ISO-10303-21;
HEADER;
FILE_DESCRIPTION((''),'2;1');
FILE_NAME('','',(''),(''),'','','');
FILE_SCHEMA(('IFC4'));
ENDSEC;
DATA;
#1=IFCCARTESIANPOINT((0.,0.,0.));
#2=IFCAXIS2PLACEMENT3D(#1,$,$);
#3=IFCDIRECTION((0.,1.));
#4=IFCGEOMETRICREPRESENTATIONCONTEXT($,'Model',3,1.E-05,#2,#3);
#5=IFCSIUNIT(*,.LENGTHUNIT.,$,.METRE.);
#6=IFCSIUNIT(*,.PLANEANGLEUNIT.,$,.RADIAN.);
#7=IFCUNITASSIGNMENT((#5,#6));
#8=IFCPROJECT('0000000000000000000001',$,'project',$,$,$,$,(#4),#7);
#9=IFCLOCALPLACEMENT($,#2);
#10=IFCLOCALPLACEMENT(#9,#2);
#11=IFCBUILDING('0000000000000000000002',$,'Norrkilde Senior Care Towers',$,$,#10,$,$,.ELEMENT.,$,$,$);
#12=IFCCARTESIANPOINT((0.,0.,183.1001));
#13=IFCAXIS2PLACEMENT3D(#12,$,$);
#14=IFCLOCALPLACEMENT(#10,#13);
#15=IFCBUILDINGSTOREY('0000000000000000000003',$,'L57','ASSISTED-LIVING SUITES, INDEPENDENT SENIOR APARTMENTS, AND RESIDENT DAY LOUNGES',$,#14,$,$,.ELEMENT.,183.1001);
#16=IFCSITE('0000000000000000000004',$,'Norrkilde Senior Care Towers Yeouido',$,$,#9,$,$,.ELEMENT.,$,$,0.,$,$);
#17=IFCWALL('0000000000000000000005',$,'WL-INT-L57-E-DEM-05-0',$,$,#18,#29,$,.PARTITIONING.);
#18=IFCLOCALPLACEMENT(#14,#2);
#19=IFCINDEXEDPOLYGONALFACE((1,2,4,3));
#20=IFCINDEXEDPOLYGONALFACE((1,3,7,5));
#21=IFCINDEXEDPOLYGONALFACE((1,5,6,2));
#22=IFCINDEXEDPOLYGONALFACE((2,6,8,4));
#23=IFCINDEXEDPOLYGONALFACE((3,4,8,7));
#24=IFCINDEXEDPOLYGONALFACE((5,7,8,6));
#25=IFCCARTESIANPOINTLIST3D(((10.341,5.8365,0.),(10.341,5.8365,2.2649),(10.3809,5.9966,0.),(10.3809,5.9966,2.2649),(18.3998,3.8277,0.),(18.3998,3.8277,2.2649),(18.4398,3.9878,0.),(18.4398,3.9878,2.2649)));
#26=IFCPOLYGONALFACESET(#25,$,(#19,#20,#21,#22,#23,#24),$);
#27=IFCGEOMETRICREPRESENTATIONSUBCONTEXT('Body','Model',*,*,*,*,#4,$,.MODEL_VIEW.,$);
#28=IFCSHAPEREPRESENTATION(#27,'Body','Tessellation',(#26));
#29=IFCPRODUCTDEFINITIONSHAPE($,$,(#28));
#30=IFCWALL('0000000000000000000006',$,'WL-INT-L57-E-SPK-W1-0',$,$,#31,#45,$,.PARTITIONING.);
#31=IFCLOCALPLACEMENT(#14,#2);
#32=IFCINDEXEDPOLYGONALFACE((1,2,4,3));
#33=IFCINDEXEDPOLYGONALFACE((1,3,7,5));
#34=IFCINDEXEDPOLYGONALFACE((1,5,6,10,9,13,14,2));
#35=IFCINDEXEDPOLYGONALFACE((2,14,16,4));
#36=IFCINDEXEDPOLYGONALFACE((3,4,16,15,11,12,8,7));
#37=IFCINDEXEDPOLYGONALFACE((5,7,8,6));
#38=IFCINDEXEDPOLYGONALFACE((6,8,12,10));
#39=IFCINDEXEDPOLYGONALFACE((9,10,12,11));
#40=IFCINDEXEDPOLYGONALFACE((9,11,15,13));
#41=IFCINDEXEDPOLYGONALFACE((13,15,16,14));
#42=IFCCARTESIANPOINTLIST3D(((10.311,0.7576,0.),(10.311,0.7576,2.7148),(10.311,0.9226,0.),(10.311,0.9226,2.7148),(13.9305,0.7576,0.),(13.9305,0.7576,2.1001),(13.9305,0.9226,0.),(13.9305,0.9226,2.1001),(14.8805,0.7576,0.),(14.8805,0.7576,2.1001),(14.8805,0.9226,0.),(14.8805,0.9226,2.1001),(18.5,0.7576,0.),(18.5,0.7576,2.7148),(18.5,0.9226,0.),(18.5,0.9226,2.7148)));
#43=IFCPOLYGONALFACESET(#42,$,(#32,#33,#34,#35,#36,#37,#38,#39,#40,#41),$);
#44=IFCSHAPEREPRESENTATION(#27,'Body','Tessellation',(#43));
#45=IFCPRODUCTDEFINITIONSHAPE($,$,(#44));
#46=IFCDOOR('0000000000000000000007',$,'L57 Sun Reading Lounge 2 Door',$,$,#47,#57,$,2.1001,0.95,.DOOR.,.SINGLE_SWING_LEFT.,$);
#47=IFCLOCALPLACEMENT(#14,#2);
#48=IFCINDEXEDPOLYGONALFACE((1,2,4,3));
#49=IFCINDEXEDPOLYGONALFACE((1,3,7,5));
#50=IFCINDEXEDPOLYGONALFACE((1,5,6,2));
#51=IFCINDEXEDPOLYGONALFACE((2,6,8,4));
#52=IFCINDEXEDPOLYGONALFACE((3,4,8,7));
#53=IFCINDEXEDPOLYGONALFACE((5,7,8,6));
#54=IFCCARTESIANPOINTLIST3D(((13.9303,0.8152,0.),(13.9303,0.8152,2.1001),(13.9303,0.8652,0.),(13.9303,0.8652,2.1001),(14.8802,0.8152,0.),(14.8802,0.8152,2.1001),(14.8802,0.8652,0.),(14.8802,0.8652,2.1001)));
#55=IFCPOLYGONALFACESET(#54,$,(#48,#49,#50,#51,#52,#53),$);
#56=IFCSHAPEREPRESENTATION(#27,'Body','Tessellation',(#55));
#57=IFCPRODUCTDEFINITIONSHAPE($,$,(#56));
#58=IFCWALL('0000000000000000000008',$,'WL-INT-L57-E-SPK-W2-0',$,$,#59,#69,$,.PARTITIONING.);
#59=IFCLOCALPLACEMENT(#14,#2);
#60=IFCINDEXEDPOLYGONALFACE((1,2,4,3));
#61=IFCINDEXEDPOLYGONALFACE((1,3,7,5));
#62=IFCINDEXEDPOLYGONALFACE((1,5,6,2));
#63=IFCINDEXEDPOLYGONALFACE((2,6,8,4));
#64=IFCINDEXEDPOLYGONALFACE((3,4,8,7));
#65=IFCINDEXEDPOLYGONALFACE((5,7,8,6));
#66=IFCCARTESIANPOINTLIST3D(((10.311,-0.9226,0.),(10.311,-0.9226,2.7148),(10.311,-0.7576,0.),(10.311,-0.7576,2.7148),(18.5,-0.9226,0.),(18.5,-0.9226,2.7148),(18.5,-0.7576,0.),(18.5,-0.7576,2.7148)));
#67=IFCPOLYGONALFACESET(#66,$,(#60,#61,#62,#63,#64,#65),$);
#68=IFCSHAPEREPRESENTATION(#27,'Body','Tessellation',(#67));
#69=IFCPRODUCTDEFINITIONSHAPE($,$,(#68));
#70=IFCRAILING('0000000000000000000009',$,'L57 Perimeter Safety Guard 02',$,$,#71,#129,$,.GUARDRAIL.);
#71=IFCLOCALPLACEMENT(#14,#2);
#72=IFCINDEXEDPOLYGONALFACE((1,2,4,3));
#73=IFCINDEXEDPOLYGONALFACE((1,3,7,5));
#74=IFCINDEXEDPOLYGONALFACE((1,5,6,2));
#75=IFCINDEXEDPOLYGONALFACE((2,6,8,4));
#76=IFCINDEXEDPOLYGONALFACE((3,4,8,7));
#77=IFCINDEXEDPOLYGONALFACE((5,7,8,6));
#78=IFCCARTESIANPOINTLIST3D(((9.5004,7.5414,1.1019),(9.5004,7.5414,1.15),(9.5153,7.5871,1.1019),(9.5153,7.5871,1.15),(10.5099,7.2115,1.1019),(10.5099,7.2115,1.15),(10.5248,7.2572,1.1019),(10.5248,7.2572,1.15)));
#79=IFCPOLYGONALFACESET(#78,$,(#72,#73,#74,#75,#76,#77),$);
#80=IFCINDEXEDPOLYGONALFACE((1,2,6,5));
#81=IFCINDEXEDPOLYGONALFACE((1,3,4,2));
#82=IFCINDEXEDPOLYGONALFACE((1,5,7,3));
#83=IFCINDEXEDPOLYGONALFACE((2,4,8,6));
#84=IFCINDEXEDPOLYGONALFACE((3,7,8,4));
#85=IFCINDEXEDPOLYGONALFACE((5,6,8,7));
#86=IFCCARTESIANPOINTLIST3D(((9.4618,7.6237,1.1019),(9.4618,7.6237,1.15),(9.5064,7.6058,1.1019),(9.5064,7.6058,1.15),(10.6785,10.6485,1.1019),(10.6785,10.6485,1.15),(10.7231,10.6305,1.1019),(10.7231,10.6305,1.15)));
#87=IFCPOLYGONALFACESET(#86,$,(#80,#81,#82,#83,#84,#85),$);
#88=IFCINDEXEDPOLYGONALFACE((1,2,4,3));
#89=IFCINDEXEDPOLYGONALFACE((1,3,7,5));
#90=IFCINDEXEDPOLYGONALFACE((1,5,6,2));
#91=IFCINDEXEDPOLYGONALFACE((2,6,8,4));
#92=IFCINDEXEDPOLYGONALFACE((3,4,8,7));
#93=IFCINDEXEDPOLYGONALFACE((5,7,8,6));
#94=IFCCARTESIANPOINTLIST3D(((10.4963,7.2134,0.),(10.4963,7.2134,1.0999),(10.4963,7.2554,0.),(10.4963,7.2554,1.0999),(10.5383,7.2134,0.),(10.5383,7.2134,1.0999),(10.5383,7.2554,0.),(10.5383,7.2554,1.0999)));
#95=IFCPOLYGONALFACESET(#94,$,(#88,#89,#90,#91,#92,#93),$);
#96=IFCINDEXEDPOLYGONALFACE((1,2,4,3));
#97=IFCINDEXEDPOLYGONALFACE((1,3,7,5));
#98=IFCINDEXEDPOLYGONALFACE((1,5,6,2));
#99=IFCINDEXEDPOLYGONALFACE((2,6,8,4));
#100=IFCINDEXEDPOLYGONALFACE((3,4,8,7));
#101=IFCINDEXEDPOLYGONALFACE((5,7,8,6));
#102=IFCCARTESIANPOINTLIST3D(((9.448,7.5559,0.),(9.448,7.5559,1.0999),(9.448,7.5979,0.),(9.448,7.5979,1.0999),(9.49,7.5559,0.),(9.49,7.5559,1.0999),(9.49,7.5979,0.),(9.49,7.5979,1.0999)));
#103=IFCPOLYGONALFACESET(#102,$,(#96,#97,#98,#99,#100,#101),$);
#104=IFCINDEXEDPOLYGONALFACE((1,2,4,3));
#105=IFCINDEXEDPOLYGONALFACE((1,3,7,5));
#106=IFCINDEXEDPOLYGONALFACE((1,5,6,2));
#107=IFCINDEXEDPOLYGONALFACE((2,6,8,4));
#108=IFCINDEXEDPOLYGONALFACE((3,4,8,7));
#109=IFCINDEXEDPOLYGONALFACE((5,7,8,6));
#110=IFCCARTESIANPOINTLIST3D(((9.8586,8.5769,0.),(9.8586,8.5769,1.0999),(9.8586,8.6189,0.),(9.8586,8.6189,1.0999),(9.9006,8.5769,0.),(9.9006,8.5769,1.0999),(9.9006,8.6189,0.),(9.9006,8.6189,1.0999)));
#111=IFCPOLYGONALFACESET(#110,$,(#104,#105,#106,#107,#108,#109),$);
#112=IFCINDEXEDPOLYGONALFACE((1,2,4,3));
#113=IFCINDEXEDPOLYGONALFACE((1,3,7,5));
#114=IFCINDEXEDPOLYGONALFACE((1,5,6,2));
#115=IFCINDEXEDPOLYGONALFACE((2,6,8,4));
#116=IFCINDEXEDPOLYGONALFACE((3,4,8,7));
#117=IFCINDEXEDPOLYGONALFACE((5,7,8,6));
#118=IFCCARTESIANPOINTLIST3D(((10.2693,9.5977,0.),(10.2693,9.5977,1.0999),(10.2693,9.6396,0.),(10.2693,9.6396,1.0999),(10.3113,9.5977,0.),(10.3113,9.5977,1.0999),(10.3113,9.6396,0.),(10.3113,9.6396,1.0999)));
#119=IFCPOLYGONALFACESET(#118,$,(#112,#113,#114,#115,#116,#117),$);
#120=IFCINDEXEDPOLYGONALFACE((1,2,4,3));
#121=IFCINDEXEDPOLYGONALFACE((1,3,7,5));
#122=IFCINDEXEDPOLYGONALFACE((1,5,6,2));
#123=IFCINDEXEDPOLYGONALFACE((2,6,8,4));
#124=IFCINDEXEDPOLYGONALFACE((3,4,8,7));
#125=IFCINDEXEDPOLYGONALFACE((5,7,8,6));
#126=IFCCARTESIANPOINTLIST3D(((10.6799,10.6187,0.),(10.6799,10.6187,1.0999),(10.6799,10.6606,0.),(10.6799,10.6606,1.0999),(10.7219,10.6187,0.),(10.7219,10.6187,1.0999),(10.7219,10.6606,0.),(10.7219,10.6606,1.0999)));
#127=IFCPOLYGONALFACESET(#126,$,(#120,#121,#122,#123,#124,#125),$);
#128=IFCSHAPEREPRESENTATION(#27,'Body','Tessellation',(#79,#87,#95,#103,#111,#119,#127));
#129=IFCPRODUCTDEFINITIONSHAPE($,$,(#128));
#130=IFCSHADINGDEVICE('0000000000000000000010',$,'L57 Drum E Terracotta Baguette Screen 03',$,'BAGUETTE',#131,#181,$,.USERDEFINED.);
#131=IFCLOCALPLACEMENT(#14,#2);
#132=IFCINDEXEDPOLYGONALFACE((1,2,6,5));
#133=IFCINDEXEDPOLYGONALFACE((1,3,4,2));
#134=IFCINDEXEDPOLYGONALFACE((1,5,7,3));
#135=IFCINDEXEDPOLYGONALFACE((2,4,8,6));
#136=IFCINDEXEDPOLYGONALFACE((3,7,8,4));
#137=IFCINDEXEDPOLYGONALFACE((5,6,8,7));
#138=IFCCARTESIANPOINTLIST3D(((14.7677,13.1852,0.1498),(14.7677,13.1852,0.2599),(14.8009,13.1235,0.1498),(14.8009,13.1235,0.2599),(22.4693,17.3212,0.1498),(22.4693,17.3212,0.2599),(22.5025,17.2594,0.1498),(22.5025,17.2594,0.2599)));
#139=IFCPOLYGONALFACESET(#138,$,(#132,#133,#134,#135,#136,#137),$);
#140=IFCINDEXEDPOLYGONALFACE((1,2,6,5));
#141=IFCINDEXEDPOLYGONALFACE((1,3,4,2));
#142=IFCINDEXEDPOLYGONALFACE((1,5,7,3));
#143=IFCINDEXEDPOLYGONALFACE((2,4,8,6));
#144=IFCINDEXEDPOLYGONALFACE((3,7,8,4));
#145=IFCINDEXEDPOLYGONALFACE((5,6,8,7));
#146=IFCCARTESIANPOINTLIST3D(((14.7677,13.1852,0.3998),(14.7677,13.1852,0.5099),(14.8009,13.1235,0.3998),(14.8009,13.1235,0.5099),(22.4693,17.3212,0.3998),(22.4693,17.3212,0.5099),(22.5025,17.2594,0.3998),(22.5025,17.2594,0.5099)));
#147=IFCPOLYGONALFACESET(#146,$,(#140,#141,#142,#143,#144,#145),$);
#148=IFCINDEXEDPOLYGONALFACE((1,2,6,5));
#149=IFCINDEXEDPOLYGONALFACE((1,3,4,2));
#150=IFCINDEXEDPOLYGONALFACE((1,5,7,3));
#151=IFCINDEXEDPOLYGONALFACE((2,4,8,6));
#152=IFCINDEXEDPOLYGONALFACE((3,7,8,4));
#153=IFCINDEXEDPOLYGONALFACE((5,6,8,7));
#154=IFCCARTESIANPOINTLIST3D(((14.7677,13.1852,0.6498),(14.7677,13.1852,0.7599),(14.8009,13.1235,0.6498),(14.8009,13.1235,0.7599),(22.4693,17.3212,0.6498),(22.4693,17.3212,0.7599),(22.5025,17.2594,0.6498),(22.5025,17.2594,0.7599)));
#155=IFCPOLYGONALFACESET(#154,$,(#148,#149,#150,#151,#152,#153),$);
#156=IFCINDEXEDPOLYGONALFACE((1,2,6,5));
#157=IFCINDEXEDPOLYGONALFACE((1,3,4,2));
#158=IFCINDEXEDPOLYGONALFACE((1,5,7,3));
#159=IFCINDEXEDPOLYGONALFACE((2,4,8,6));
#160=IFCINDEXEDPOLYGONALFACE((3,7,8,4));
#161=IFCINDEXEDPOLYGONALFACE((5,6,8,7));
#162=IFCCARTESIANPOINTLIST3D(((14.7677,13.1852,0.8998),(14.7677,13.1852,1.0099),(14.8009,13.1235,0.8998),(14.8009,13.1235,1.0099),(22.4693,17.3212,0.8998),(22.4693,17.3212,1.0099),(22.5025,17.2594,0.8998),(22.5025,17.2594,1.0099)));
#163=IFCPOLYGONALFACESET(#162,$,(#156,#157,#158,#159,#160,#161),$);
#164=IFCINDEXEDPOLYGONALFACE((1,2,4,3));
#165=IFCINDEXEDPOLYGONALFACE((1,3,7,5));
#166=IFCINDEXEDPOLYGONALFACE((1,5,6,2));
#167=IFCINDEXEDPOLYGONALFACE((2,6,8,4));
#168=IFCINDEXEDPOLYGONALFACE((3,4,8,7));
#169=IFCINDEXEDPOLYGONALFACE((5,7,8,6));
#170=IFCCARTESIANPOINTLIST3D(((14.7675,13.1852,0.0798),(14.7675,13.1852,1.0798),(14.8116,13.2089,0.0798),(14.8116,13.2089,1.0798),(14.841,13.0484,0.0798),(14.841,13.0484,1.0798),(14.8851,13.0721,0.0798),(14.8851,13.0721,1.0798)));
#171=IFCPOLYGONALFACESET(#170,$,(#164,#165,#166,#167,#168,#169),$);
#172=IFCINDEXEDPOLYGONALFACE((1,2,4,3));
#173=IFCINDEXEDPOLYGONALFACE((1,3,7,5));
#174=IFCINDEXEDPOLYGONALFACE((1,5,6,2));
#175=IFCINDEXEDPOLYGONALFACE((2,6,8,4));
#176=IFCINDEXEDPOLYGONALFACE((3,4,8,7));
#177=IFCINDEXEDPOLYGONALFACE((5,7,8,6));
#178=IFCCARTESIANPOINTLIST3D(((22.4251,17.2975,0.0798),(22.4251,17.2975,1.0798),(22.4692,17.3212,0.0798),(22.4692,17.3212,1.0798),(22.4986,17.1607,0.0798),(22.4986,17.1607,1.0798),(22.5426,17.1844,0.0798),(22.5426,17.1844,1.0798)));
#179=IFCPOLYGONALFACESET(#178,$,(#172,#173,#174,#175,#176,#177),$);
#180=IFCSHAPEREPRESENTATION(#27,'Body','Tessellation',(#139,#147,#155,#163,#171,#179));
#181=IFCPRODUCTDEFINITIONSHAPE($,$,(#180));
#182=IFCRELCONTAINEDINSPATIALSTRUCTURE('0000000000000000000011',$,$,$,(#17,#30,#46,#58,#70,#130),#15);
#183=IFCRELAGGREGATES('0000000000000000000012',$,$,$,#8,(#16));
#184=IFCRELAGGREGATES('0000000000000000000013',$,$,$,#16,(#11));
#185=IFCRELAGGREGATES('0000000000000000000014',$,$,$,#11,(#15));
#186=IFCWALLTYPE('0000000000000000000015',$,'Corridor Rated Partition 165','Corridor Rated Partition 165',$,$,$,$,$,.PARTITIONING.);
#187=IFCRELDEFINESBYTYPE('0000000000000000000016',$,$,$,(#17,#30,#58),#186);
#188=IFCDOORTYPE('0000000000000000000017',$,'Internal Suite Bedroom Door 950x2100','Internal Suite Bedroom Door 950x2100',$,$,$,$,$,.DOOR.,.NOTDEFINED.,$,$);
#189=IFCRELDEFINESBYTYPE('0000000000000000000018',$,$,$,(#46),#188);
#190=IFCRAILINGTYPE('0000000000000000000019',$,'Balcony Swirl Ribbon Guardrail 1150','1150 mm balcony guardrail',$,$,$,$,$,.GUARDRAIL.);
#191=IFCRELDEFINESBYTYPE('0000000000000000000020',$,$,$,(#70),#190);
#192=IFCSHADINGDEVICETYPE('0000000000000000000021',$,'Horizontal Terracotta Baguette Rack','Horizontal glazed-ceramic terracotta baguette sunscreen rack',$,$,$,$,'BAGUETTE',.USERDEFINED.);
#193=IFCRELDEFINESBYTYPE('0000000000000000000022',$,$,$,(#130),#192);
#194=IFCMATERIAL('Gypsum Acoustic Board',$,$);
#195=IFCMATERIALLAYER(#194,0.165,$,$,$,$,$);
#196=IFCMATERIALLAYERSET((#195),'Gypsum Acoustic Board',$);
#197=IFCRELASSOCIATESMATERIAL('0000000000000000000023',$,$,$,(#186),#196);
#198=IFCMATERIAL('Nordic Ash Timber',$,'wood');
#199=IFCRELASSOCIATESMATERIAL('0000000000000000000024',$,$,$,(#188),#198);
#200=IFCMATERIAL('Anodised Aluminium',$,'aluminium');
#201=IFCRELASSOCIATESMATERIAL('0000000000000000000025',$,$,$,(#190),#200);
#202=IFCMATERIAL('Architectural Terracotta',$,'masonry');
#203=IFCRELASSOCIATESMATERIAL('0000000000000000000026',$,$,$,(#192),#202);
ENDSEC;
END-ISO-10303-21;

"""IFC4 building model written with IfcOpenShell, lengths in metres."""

from ifc_helpers import new_model, si_unit, direction, frame, frame_2d, origin, origin_2d, place, context, subcontext, project, spatial, rectangle, extrude, source, transform, mapped, material, layer, layer_set, type_object, type_shapes, element, fill, save


model = new_model("IFC4")

# Units and contexts
model_context = context("Model", 3, precision=1e-05, world=origin(), true_north=direction((0.0, 1.0)))
body_context = subcontext(model_context, "Body", "Model", "MODEL_VIEW")
ifc_project = project(units=[si_unit("LENGTHUNIT", "METRE"), si_unit("PLANEANGLEUNIT", "RADIAN")], contexts=[model_context])

# Site, building, storey
site_placement = place(None, origin())
site = spatial("IfcSite", under=ifc_project, at=site_placement, Name="Norrkilde Senior Care Towers Yeouido", CompositionType="ELEMENT", RefElevation=0.0)
building_placement = place(site_placement, origin())
building = spatial("IfcBuilding", under=site, at=building_placement, Name="Norrkilde Senior Care Towers", CompositionType="ELEMENT")
storey_placement = place(building_placement, frame((0.0, 0.0, 183.1001)))
storey = spatial("IfcBuildingStorey", under=building, at=storey_placement, Name="L57", Description="ASSISTED-LIVING SUITES, INDEPENDENT SENIOR APARTMENTS, AND RESIDENT DAY LOUNGES", CompositionType="ELEMENT", Elevation=183.1001)

# Shared definitions
ifc_material_1 = material(Name="Anodised Aluminium", Category="aluminium")

# Wall
ifc_material_2 = material(Name="Gypsum Acoustic Board")
ifc_layer_1 = layer(ifc_material_2, 0.165)
ifc_layer_set_1 = layer_set([ifc_layer_1], Name="Gypsum Acoustic Board")
wall_type = type_object("IfcWallType", Name="Corridor Rated Partition 165", Description="Corridor Rated Partition 165", PredefinedType="PARTITIONING", material=ifc_layer_set_1)
shared_shape_1 = source(origin(), body_context, "Body", "SweptSolid", [
    extrude(rectangle(XDim=8.3054, YDim=0.165, at=frame_2d((4.1528, 0.0))), origin(), (0.0, 0.0, 1.0), 2.2649),
])
wall_1_placement = place(storey_placement, frame((18.4199, 3.9077, 0.0), z_axis=(0.0, 0.0, 1.0), x_axis=(-0.97031, 0.241865, 0.0)))
element("IfcWall", 1, at=wall_1_placement, inside=storey, type_object=wall_type, Name="WL-INT-L57-E-DEM-05-0", PredefinedType="PARTITIONING", context=body_context, shape_type="MappedRepresentation", body=[
    mapped(shared_shape_1, transform((0.0, 0.0, 0.0), x_axis=(1.0, 0.0, 0.0), y_axis=(0.0, 1.0, 0.0), z_axis=(0.0, 0.0, 1.0), scale=1.0)),
])

# Wall, opening, door
shared_shape_2 = source(origin(), body_context, "Body", "SweptSolid", [
    extrude(rectangle(XDim=8.189, YDim=0.165, at=frame_2d((4.0945, 0.0))), origin(), (0.0, 0.0, 1.0), 2.7148),
])
wall_2_placement = place(storey_placement, frame((10.311, 0.8401, 0.0), z_axis=(0.0, 0.0, 1.0), x_axis=(1.0, 0.0, 0.0)))
wall_2 = element("IfcWall", 2, at=wall_2_placement, inside=storey, type_object=wall_type, Name="WL-INT-L57-E-SPK-W1-0", PredefinedType="PARTITIONING", context=body_context, shape_type="MappedRepresentation", body=[
    mapped(shared_shape_2, transform((0.0, 0.0, 0.0), x_axis=(1.0, 0.0, 0.0), y_axis=(0.0, 1.0, 0.0), z_axis=(0.0, 0.0, 1.0), scale=1.0)),
])
opening_placement = place(wall_2_placement, frame((3.6194, 0.0, 0.0)))
opening = element("IfcOpeningElement", 3, at=opening_placement, cuts=wall_2, PredefinedType="OPENING", context=body_context, shape_type="SweptSolid", body=[
    extrude(rectangle(XDim=0.95, YDim=2.1001, at=frame_2d((0.4751, 1.05))), frame((0.0, 0.0925, 0.0), z_axis=(0.0, -1.0, 0.0), x_axis=(1.0, 0.0, 0.0)), (0.0, 0.0, 1.0), 0.1851),
])
ifc_material_3 = material(Name="Nordic Ash Timber", Category="wood")
door_type = type_object("IfcDoorType", Name="Internal Suite Bedroom Door 950x2100", Description="Internal Suite Bedroom Door 950x2100", OperationType="NOTDEFINED", PredefinedType="DOOR", material=ifc_material_3)
shared_shape_3 = source(origin(), body_context, "Body", "SweptSolid", [
    extrude(rectangle(XDim=0.95, YDim=2.1001, at=frame_2d((0.4751, 1.05))), frame((0.0, 0.0249, 0.0), z_axis=(0.0, -1.0, 0.0), x_axis=(1.0, 0.0, 0.0)), (0.0, 0.0, 1.0), 0.05),
])
type_shapes(door_type, [shared_shape_3])
door_placement = place(opening_placement, frame((0.95, 0.0, 0.0), z_axis=(0.0, 0.0, 1.0), x_axis=(-1.0, 0.0, 0.0)))
door = element("IfcDoor", 4, at=door_placement, inside=storey, type_object=door_type, Name="L57 Sun Reading Lounge 2 Door", OperationType="SINGLE_SWING_LEFT", OverallHeight=2.1001, OverallWidth=0.95, PredefinedType="DOOR", context=body_context, shape_type="MappedRepresentation", body=[
    mapped(shared_shape_3, transform((0.0, 0.0, 0.0), x_axis=(1.0, 0.0, 0.0), y_axis=(0.0, 1.0, 0.0), z_axis=(0.0, 0.0, 1.0), scale=1.0)),
])
fill(opening, door)

# Wall
wall_3_placement = place(storey_placement, frame((18.5, -0.8401, 0.0), z_axis=(0.0, 0.0, 1.0), x_axis=(-1.0, 0.0, 0.0)))
element("IfcWall", 5, at=wall_3_placement, inside=storey, type_object=wall_type, Name="WL-INT-L57-E-SPK-W2-0", PredefinedType="PARTITIONING", context=body_context, shape_type="MappedRepresentation", body=[
    mapped(shared_shape_2, transform((0.0, 0.0, 0.0), x_axis=(1.0, 0.0, 0.0), y_axis=(0.0, 1.0, 0.0), z_axis=(0.0, 0.0, 1.0), scale=1.0)),
])

# Railing
railing_type = type_object("IfcRailingType", Name="Balcony Swirl Ribbon Guardrail 1150", Description="1150 mm balcony guardrail", PredefinedType="GUARDRAIL", material=ifc_material_1)
railing_1_placement = place(storey_placement, frame((10.5173, 7.2344, 0.0)))
element("IfcRailing", 6, at=railing_1_placement, inside=storey, type_object=railing_type, Name="L57 Perimeter Safety Guard 02", PredefinedType="GUARDRAIL", context=body_context, shape_type="SweptSolid", body=[
    extrude(rectangle(XDim=0.0481, YDim=0.0481, at=origin_2d()), frame((0.0, 0.0, 1.126), z_axis=(-0.950548, 0.310577, 0.0), x_axis=(-0.310577, -0.950548, 0.0)), (0.0, 0.0, 1.0), 1.062),
    extrude(rectangle(XDim=0.0481, YDim=0.0481, at=origin_2d()), frame((-1.0332, 0.3804, 1.126), z_axis=(0.373175, 0.927761, 0.0), x_axis=(-0.927761, 0.373175, 0.0)), (0.0, 0.0, 1.0), 3.2603),
    extrude(rectangle(XDim=0.042, YDim=0.042, at=origin_2d()), origin(), (0.0, 0.0, 1.0), 1.0999),
    extrude(rectangle(XDim=0.042, YDim=0.042, at=origin_2d()), frame((-1.0483, 0.3425, 0.0)), (0.0, 0.0, 1.0), 1.0999),
    extrude(rectangle(XDim=0.042, YDim=0.042, at=origin_2d()), frame((-0.6377, 1.3635, 0.0)), (0.0, 0.0, 1.0), 1.0999),
    extrude(rectangle(XDim=0.042, YDim=0.042, at=origin_2d()), frame((-0.2271, 2.3843, 0.0)), (0.0, 0.0, 1.0), 1.0999),
    extrude(rectangle(XDim=0.042, YDim=0.042, at=origin_2d()), frame((0.1836, 3.4053, 0.0)), (0.0, 0.0, 1.0), 1.0999),
])

# Shading device
ifc_material_4 = material(Name="Architectural Terracotta", Category="masonry")
shading_device_type = type_object("IfcShadingDeviceType", Name="Horizontal Terracotta Baguette Rack", Description="Horizontal glazed-ceramic terracotta baguette sunscreen rack", ElementType="BAGUETTE", PredefinedType="USERDEFINED", material=ifc_material_4)
shared_shape_4 = source(origin(), body_context, "Body", "SweptSolid", [
    extrude(rectangle(XDim=0.0701, YDim=0.1101, at=origin_2d()), frame((0.0, 0.0901, 0.125), z_axis=(1.0, 0.0, 0.0), x_axis=(0.0, 1.0, 0.0)), (0.0, 0.0, 1.0), 8.7419),
    extrude(rectangle(XDim=0.0701, YDim=0.1101, at=origin_2d()), frame((0.0, 0.0901, 0.375), z_axis=(1.0, 0.0, 0.0), x_axis=(0.0, 1.0, 0.0)), (0.0, 0.0, 1.0), 8.7419),
    extrude(rectangle(XDim=0.0701, YDim=0.1101, at=origin_2d()), frame((0.0, 0.0901, 0.625), z_axis=(1.0, 0.0, 0.0), x_axis=(0.0, 1.0, 0.0)), (0.0, 0.0, 1.0), 8.7419),
    extrude(rectangle(XDim=0.0701, YDim=0.1101, at=origin_2d()), frame((0.0, 0.0901, 0.875), z_axis=(1.0, 0.0, 0.0), x_axis=(0.0, 1.0, 0.0)), (0.0, 0.0, 1.0), 8.7419),
    extrude(rectangle(XDim=0.05, YDim=0.1553, at=origin_2d()), frame((0.0249, 0.0476, 0.0)), (0.0, 0.0, 1.0), 1.0),
    extrude(rectangle(XDim=0.05, YDim=0.1553, at=origin_2d()), frame((8.7168, 0.0476, 0.0)), (0.0, 0.0, 1.0), 1.0),
])
type_shapes(shading_device_type, [shared_shape_4])
shading_device_placement = place(storey_placement, frame((14.8269, 13.075, 0.0798), z_axis=(0.0, 0.0, 1.0), x_axis=(0.881001, 0.47312, 0.0)))
element("IfcShadingDevice", 7, at=shading_device_placement, inside=storey, type_object=shading_device_type, Name="L57 Drum E Terracotta Baguette Screen 03", ObjectType="BAGUETTE", PredefinedType="USERDEFINED", context=body_context, shape_type="MappedRepresentation", body=[
    mapped(shared_shape_4, transform((0.0, 0.0, 0.0), x_axis=(1.0, 0.0, 0.0), y_axis=(0.0, 1.0, 0.0), z_axis=(0.0, 0.0, 1.0), scale=1.0)),
])

save(model, "model.ifc")
